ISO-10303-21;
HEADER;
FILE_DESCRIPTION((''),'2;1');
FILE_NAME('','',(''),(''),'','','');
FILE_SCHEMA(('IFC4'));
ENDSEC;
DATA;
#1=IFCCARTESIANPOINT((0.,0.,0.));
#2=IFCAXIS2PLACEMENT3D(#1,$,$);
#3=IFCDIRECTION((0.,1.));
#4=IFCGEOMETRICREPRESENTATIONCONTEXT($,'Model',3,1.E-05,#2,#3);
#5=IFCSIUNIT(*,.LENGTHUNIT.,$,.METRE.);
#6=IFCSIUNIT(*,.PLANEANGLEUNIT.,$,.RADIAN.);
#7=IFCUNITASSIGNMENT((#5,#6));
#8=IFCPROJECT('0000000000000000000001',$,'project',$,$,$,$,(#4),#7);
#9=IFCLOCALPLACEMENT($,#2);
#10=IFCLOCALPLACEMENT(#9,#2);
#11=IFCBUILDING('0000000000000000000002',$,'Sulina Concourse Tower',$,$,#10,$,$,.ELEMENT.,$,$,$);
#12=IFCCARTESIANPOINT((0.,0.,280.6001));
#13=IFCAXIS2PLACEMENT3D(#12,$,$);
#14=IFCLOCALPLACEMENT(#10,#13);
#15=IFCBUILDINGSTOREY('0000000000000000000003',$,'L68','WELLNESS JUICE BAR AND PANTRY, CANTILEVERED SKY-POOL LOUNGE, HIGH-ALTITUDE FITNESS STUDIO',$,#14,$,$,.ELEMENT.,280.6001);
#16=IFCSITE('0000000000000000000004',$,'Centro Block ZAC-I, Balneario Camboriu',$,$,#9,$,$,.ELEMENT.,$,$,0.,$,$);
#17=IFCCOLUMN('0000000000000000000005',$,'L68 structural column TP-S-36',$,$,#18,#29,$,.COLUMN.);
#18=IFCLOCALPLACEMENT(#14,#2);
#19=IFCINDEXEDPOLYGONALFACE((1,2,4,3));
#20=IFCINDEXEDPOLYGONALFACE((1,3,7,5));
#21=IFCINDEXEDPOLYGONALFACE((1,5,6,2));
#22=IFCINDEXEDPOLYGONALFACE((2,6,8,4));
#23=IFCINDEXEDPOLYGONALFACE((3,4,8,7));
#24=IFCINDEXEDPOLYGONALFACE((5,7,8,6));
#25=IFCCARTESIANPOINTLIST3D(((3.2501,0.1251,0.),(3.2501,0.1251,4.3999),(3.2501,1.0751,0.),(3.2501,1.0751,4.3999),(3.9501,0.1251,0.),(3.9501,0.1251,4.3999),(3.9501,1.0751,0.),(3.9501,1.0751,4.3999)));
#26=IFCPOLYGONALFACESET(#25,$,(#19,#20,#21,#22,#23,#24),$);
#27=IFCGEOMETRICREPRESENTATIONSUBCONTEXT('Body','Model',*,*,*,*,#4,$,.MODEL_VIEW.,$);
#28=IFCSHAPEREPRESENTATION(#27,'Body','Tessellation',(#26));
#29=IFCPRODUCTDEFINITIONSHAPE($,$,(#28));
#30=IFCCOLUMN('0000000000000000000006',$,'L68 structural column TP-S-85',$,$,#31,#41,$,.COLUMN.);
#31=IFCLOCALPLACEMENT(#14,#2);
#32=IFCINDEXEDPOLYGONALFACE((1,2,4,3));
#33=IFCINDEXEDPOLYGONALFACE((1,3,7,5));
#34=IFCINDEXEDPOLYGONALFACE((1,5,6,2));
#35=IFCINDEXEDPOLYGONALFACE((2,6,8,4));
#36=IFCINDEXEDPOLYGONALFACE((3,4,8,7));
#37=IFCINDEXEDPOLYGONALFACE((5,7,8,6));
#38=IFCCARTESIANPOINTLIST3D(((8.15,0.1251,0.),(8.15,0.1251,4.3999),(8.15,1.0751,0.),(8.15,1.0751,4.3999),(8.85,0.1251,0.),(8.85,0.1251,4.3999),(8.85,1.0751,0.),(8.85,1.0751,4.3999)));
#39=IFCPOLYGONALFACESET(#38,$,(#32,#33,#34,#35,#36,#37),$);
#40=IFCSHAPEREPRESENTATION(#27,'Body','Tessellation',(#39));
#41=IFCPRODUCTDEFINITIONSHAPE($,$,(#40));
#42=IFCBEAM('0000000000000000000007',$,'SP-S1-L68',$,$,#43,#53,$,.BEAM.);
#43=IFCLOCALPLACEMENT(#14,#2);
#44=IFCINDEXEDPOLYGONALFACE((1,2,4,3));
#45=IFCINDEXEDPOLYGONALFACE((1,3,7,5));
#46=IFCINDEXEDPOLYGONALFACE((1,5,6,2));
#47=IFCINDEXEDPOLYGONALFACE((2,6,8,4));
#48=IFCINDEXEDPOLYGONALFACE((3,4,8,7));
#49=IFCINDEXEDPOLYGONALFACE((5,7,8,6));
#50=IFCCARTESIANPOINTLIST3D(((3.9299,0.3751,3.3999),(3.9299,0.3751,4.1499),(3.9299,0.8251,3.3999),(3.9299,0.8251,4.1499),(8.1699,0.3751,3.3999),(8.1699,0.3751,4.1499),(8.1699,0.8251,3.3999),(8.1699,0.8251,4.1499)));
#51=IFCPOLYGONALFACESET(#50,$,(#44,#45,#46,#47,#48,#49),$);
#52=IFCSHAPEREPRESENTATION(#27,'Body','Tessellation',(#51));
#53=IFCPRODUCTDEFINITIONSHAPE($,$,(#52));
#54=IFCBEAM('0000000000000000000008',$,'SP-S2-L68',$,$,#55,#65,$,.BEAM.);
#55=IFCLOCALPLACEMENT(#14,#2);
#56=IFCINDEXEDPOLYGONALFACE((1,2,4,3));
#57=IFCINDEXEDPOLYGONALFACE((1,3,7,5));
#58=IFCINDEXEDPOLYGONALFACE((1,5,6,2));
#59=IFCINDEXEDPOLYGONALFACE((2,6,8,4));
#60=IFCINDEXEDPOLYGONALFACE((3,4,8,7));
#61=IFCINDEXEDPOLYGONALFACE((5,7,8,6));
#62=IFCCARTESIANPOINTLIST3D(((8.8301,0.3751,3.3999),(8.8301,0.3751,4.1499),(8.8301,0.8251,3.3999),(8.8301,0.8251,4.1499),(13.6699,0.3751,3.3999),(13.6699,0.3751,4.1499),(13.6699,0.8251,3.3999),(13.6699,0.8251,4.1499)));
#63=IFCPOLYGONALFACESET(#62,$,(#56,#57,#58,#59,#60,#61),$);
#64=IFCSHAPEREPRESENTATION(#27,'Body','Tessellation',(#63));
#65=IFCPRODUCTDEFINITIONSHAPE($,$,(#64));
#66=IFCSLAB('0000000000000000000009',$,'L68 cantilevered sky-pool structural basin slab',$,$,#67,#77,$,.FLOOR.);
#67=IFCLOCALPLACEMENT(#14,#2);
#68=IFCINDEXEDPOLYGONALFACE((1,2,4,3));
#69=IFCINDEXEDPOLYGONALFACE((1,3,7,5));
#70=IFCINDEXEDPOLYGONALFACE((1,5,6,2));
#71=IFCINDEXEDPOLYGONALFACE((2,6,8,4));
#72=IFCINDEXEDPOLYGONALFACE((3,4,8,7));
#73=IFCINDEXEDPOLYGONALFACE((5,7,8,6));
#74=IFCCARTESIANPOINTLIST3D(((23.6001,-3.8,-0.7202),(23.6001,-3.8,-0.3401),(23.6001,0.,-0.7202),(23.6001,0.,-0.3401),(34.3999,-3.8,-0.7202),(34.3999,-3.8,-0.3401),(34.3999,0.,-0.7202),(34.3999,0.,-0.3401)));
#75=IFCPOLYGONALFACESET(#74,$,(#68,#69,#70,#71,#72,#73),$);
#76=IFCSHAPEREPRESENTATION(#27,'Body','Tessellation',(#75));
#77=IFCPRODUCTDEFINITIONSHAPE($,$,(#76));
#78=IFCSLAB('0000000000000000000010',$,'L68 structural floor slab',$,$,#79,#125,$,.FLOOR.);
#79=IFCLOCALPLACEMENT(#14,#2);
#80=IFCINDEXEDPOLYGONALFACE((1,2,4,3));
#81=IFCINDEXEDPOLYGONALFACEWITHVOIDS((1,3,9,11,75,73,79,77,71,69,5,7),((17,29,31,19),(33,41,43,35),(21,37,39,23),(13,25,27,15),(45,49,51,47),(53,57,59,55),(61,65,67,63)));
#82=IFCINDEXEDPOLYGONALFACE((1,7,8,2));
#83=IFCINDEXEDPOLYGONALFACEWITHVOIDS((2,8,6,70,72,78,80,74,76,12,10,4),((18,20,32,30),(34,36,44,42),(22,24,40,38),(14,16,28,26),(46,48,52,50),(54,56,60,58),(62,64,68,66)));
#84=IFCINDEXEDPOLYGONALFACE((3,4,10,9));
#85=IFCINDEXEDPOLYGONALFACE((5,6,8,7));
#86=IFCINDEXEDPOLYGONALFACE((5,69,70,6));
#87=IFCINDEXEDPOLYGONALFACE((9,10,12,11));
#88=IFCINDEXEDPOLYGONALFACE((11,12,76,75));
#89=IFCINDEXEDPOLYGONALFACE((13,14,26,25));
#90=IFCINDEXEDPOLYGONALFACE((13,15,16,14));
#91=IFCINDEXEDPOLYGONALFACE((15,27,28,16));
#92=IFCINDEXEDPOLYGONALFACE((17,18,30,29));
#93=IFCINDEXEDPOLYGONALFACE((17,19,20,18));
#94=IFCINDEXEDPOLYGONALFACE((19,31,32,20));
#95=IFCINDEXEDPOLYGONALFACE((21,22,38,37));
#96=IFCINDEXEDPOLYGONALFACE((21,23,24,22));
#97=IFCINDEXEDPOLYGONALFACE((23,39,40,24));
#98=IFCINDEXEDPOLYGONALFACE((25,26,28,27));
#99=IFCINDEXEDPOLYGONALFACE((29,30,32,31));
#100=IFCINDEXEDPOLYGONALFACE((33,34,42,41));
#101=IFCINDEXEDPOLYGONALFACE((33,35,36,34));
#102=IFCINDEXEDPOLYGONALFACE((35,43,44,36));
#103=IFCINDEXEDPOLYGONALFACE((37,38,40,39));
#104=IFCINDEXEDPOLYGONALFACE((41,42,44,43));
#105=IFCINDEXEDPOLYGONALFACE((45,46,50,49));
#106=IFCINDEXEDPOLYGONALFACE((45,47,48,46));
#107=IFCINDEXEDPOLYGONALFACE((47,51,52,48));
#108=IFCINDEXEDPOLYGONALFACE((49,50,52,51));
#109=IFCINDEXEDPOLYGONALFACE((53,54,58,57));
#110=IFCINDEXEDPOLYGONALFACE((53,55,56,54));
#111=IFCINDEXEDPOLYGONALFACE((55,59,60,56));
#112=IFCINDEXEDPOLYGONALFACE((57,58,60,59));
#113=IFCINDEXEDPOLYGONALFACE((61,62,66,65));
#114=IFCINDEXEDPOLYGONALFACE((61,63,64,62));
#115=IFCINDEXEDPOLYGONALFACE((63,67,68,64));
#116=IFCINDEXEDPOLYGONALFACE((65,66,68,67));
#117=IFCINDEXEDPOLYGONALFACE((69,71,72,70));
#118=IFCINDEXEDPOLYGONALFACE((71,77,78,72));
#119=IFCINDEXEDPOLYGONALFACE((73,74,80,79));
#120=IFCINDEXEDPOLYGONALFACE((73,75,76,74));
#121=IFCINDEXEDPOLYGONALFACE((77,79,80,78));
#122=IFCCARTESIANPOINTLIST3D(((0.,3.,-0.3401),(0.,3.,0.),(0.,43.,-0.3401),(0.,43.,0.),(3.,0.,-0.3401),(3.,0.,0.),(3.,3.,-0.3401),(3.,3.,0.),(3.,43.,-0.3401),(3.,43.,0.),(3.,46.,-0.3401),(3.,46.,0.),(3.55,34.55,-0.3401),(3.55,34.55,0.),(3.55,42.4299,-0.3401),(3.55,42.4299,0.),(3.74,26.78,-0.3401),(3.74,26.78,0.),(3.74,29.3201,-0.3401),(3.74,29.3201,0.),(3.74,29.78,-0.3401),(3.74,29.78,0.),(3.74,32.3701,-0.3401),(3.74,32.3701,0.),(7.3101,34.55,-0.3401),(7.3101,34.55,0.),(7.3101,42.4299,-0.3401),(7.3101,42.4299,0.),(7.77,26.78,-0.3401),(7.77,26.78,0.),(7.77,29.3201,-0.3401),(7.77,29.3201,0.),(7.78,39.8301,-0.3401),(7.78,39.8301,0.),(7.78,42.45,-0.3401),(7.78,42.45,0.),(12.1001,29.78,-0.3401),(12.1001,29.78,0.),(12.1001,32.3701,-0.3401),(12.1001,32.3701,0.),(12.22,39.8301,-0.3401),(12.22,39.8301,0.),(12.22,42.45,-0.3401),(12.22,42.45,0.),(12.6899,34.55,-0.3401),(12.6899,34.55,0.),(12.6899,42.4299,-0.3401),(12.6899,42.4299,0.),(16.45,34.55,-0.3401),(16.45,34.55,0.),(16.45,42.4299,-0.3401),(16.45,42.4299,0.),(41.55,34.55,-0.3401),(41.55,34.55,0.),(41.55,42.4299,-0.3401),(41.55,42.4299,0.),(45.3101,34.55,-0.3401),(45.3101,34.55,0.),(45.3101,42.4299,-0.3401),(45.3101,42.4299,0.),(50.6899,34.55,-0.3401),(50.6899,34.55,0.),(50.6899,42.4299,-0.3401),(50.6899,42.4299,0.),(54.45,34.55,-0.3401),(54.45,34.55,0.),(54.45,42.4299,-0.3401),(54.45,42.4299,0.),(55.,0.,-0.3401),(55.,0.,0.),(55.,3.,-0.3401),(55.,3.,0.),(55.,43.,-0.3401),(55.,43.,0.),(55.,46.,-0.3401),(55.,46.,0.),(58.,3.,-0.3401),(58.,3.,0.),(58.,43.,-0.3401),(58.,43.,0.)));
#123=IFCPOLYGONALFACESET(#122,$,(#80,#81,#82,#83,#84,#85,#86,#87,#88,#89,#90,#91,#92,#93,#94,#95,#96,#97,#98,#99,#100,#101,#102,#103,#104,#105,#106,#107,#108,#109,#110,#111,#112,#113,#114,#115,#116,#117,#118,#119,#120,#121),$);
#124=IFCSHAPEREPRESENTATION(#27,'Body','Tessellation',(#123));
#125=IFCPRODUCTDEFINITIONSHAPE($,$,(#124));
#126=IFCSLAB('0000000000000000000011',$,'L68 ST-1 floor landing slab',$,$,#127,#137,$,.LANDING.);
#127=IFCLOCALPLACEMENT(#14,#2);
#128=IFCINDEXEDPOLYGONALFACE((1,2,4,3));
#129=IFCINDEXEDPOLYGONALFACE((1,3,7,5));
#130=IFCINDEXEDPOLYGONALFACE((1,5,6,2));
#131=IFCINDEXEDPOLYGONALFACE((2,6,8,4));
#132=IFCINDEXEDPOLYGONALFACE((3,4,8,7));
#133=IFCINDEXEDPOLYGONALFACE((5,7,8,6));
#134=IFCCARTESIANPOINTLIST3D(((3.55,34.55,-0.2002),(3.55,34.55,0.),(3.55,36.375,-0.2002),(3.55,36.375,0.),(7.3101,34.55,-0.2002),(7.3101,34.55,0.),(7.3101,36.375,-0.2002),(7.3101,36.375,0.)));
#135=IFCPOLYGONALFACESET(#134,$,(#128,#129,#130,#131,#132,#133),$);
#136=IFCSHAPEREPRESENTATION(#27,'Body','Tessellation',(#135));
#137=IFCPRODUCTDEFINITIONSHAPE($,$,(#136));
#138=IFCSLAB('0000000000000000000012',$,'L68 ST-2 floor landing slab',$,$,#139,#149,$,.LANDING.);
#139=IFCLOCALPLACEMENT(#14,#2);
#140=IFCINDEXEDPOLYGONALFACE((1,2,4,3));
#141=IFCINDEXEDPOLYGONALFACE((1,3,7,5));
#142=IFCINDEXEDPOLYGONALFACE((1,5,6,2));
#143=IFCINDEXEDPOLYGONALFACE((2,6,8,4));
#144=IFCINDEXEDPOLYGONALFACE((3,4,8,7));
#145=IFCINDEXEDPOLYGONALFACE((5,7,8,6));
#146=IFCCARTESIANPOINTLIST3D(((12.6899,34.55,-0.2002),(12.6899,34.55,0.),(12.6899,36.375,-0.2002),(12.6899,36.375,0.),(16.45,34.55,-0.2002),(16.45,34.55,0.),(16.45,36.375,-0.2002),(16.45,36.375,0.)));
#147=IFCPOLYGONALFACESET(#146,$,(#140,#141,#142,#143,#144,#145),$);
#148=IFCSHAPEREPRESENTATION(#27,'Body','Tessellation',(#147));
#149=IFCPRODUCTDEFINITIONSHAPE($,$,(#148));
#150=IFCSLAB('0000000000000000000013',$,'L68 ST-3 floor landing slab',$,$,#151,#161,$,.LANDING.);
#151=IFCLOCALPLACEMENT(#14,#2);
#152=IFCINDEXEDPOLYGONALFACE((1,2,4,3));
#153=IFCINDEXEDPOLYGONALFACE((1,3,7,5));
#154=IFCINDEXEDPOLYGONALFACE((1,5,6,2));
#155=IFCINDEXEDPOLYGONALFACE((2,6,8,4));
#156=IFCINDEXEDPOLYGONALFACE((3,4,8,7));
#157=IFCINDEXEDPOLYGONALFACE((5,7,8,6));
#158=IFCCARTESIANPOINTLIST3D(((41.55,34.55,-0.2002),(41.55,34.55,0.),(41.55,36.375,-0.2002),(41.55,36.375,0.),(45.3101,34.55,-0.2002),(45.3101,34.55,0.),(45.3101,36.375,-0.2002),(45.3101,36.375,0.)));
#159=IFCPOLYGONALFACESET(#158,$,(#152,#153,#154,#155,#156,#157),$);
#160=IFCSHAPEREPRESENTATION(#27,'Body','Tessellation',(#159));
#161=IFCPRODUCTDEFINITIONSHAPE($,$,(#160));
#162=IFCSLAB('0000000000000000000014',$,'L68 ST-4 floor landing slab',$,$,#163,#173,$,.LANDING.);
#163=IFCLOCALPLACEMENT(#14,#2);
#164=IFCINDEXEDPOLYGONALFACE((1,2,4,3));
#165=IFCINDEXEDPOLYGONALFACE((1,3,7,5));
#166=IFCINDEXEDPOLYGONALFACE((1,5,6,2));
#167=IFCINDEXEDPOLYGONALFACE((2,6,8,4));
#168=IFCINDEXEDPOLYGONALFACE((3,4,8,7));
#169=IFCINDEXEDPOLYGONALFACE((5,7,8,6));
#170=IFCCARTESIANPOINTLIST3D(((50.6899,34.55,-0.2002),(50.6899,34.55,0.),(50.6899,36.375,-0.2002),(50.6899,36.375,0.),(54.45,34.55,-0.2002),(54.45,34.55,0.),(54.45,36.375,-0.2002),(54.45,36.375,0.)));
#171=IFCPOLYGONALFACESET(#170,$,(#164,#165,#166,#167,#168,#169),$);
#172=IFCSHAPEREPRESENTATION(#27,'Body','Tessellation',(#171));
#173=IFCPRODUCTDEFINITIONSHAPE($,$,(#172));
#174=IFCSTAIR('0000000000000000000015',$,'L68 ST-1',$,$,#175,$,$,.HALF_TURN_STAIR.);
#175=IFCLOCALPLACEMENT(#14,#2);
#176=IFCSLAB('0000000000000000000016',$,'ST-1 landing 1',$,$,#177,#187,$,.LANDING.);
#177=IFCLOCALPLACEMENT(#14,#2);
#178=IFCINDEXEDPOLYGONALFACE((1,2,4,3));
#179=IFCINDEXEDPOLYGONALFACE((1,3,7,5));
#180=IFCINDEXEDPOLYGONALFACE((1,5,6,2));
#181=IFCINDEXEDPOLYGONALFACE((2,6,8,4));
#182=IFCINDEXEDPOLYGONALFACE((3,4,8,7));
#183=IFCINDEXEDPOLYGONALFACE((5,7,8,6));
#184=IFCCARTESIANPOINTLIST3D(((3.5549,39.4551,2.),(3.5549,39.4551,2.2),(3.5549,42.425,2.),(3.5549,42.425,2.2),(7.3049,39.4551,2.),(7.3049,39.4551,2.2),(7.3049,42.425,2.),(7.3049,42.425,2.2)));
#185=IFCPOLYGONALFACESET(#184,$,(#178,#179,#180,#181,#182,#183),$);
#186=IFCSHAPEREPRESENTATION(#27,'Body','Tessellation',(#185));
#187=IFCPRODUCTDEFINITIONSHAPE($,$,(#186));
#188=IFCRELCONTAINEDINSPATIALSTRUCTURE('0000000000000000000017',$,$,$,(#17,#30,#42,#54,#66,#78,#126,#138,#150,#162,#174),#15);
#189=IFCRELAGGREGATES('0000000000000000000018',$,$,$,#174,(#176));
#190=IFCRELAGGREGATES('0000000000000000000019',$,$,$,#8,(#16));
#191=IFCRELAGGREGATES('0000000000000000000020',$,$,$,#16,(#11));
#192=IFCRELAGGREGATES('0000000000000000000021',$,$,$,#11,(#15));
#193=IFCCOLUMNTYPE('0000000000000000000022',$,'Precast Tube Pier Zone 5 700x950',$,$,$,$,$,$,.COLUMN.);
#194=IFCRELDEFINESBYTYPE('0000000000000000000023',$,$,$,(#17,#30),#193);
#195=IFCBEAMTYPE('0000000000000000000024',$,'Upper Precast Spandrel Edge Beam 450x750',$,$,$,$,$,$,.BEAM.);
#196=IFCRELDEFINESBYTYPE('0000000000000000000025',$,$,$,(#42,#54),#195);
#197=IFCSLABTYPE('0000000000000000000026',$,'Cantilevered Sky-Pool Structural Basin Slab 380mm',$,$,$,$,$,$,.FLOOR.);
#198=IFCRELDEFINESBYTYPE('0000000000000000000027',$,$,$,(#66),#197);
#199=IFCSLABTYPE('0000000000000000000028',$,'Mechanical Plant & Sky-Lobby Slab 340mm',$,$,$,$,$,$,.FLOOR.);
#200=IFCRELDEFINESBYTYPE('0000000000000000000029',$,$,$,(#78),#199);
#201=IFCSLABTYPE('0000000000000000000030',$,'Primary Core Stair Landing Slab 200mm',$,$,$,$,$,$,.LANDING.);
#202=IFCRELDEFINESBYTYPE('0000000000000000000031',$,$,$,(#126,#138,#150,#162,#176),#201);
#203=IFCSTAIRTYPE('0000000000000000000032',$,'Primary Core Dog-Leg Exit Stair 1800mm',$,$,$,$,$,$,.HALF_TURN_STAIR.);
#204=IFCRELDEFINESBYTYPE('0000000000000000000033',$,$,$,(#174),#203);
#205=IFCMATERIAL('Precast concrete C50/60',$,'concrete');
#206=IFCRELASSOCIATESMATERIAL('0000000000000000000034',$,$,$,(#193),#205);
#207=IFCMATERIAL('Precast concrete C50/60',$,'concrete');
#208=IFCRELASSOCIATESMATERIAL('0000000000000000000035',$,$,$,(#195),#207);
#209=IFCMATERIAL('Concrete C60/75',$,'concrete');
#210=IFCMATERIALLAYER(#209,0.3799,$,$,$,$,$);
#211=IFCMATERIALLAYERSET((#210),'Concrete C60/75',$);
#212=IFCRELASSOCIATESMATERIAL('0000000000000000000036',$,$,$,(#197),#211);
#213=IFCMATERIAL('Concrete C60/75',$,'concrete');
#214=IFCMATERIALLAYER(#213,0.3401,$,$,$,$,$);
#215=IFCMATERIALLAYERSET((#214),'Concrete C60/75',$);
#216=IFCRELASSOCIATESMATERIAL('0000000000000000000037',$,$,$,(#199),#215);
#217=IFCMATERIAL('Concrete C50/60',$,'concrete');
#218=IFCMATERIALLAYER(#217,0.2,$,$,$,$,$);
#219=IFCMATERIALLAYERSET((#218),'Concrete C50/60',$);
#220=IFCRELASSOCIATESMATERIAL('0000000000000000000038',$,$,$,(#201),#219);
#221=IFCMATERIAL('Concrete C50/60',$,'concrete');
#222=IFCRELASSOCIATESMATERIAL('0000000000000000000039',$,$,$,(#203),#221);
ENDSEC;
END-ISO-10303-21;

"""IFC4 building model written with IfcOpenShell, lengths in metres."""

from ifc_helpers import new_model, si_unit, direction, frame, origin, origin_2d, place, context, subcontext, project, spatial, polyline, rectangle, outline, extrude, material, layer, layer_set, material_profile, profile_set, type_object, element, aggregate, save


model = new_model("IFC4")

# Units and contexts
model_context = context("Model", 3, precision=1e-05, world=origin(), true_north=direction((0.0, 1.0)))
body_context = subcontext(model_context, "Body", "Model", "MODEL_VIEW")
ifc_project = project(units=[si_unit("LENGTHUNIT", "METRE"), si_unit("PLANEANGLEUNIT", "RADIAN")], contexts=[model_context])

# Site, building, storey
site_placement = place(None, origin())
site = spatial("IfcSite", under=ifc_project, at=site_placement, Name="Centro Block ZAC-I, Balneario Camboriu", CompositionType="ELEMENT", RefElevation=0.0)
building_placement = place(site_placement, origin())
building = spatial("IfcBuilding", under=site, at=building_placement, Name="Sulina Concourse Tower", CompositionType="ELEMENT")
storey_placement = place(building_placement, frame((0.0, 0.0, 280.6001)))
storey = spatial("IfcBuildingStorey", under=building, at=storey_placement, Name="L68", Description="WELLNESS JUICE BAR AND PANTRY, CANTILEVERED SKY-POOL LOUNGE, HIGH-ALTITUDE FITNESS STUDIO", CompositionType="ELEMENT", Elevation=280.6001)

# Columns
ifc_material_1 = material(Name="Precast concrete C50/60", Category="concrete")
ifc_material_profile_1 = material_profile(ifc_material_1, rectangle(XDim=0.7, YDim=0.95, at=origin_2d()), Name="PC 700x950")
ifc_profile_set_1 = profile_set([ifc_material_profile_1], Name="Precast concrete C50/60")
column_type = type_object("IfcColumnType", Name="Precast Tube Pier Zone 5 700x950", PredefinedType="COLUMN", material=ifc_profile_set_1)
for number, where, z_axis, x_axis, name in (
    (1, (3.6001, 0.6001, 0.0), (0.0, 0.0, 1.0), (1.0, 0.0, 0.0), "L68 structural column TP-S-36"),
    (2, (8.5, 0.6001, 0.0), (0.0, 0.0, 1.0), (1.0, 0.0, 0.0), "L68 structural column TP-S-85"),
):
    element("IfcColumn", number, at=place(storey_placement, frame(where, z_axis=z_axis, x_axis=x_axis)), inside=storey, type_object=column_type, Name=name, PredefinedType="COLUMN", context=body_context, shape_type="SweptSolid", body=[
        extrude(rectangle(XDim=0.7, YDim=0.95, at=origin_2d()), origin(), (0.0, 0.0, 1.0), 4.3999),
    ])

# Beams
ifc_material_2 = material(Name="Precast concrete C50/60", Category="concrete")
ifc_material_profile_2 = material_profile(ifc_material_2, rectangle(XDim=0.45, YDim=0.75, at=origin_2d()), Name="RC 450x750")
ifc_profile_set_2 = profile_set([ifc_material_profile_2], Name="Precast concrete C50/60")
beam_type = type_object("IfcBeamType", Name="Upper Precast Spandrel Edge Beam 450x750", PredefinedType="BEAM", material=ifc_profile_set_2)
beam_1_placement = place(storey_placement, frame((3.9299, 0.6001, 3.7749), z_axis=(1.0, 0.0, 0.0), x_axis=(0.0, 1.0, 0.0)))
element("IfcBeam", 3, at=beam_1_placement, inside=storey, type_object=beam_type, Name="SP-S1-L68", PredefinedType="BEAM", context=body_context, shape_type="SweptSolid", body=[
    extrude(rectangle(XDim=0.45, YDim=0.75, at=origin_2d()), origin(), (0.0, 0.0, 1.0), 4.24),
])
beam_2_placement = place(storey_placement, frame((8.8301, 0.6001, 3.7749), z_axis=(1.0, 0.0, 0.0), x_axis=(0.0, 1.0, 0.0)))
element("IfcBeam", 4, at=beam_2_placement, inside=storey, type_object=beam_type, Name="SP-S2-L68", PredefinedType="BEAM", context=body_context, shape_type="SweptSolid", body=[
    extrude(rectangle(XDim=0.45, YDim=0.75, at=origin_2d()), origin(), (0.0, 0.0, 1.0), 4.8398),
])

# Slabs
ifc_material_3 = material(Name="Concrete C60/75", Category="concrete")
ifc_layer_1 = layer(ifc_material_3, 0.3799)
ifc_layer_set_1 = layer_set([ifc_layer_1], Name="Concrete C60/75")
slab_type_1 = type_object("IfcSlabType", Name="Cantilevered Sky-Pool Structural Basin Slab 380mm", PredefinedType="FLOOR", material=ifc_layer_set_1)
slab_1_placement = place(storey_placement, frame((0.0, 0.0, -0.7202)))
element("IfcSlab", 5, at=slab_1_placement, inside=storey, type_object=slab_type_1, Name="L68 cantilevered sky-pool structural basin slab", PredefinedType="FLOOR", context=body_context, shape_type="SweptSolid", body=[
    extrude(outline(polyline([(23.6001, -3.8), (34.3999, -3.8), (34.3999, 0.0), (23.6001, 0.0), (23.6001, -3.8)])), origin(), (0.0, 0.0, 1.0), 0.3801),
])
ifc_material_4 = material(Name="Concrete C60/75", Category="concrete")
ifc_layer_2 = layer(ifc_material_4, 0.3401)
ifc_layer_set_2 = layer_set([ifc_layer_2], Name="Concrete C60/75")
slab_type_2 = type_object("IfcSlabType", Name="Mechanical Plant & Sky-Lobby Slab 340mm", PredefinedType="FLOOR", material=ifc_layer_set_2)
slab_2_placement = place(storey_placement, frame((0.0, 0.0, -0.3401)))
element("IfcSlab", 6, at=slab_2_placement, inside=storey, type_object=slab_type_2, Name="L68 structural floor slab", PredefinedType="FLOOR", context=body_context, shape_type="SweptSolid", body=[
    extrude(outline(polyline([(3.0, 0.0), (55.0, 0.0), (55.0, 3.0), (58.0, 3.0), (58.0, 43.0), (55.0, 43.0), (55.0, 46.0), (3.0, 46.0), (3.0, 43.0), (0.0, 43.0), (0.0, 3.0), (3.0, 3.0), (3.0, 0.0)]), holes=[polyline([(7.3101, 34.55), (7.3101, 42.4299), (3.55, 42.4299), (3.55, 34.55), (7.3101, 34.55)]), polyline([(16.45, 34.55), (16.45, 42.4299), (12.6899, 42.4299), (12.6899, 34.55), (16.45, 34.55)]), polyline([(45.3101, 34.55), (45.3101, 42.4299), (41.55, 42.4299), (41.55, 34.55), (45.3101, 34.55)]), polyline([(54.45, 34.55), (54.45, 42.4299), (50.6899, 42.4299), (50.6899, 34.55), (54.45, 34.55)]), polyline([(7.78, 39.8301), (12.22, 39.8301), (12.22, 42.45), (7.78, 42.45), (7.78, 39.8301)]), polyline([(3.74, 26.78), (7.77, 26.78), (7.77, 29.3201), (3.74, 29.3201), (3.74, 26.78)]), polyline([(3.74, 29.78), (12.1001, 29.78), (12.1001, 32.3701), (3.74, 32.3701), (3.74, 29.78)])]), origin(), (0.0, 0.0, 1.0), 0.3401),
])
ifc_material_5 = material(Name="Concrete C50/60", Category="concrete")
ifc_layer_3 = layer(ifc_material_5, 0.2)
ifc_layer_set_3 = layer_set([ifc_layer_3], Name="Concrete C50/60")
slab_type_3 = type_object("IfcSlabType", Name="Primary Core Stair Landing Slab 200mm", PredefinedType="LANDING", material=ifc_layer_set_3)
slab_3_placement = place(storey_placement, frame((0.0, 0.0, -0.2002)))
element("IfcSlab", 7, at=slab_3_placement, inside=storey, type_object=slab_type_3, Name="L68 ST-1 floor landing slab", PredefinedType="LANDING", context=body_context, shape_type="SweptSolid", body=[
    extrude(outline(polyline([(7.3101, 34.55), (7.3101, 36.375), (3.55, 36.375), (3.55, 34.55), (7.3101, 34.55)])), origin(), (0.0, 0.0, 1.0), 0.2002),
])
slab_4_placement = place(storey_placement, frame((0.0, 0.0, -0.2002)))
element("IfcSlab", 8, at=slab_4_placement, inside=storey, type_object=slab_type_3, Name="L68 ST-2 floor landing slab", PredefinedType="LANDING", context=body_context, shape_type="SweptSolid", body=[
    extrude(outline(polyline([(16.45, 34.55), (16.45, 36.375), (12.6899, 36.375), (12.6899, 34.55), (16.45, 34.55)])), origin(), (0.0, 0.0, 1.0), 0.2002),
])
slab_5_placement = place(storey_placement, frame((0.0, 0.0, -0.2002)))
element("IfcSlab", 9, at=slab_5_placement, inside=storey, type_object=slab_type_3, Name="L68 ST-3 floor landing slab", PredefinedType="LANDING", context=body_context, shape_type="SweptSolid", body=[
    extrude(outline(polyline([(45.3101, 34.55), (45.3101, 36.375), (41.55, 36.375), (41.55, 34.55), (45.3101, 34.55)])), origin(), (0.0, 0.0, 1.0), 0.2002),
])
slab_6_placement = place(storey_placement, frame((0.0, 0.0, -0.2002)))
element("IfcSlab", 10, at=slab_6_placement, inside=storey, type_object=slab_type_3, Name="L68 ST-4 floor landing slab", PredefinedType="LANDING", context=body_context, shape_type="SweptSolid", body=[
    extrude(outline(polyline([(54.45, 34.55), (54.45, 36.375), (50.6899, 36.375), (50.6899, 34.55), (54.45, 34.55)])), origin(), (0.0, 0.0, 1.0), 0.2002),
])

# Stair, slab
ifc_material_6 = material(Name="Concrete C50/60", Category="concrete")
stair_type_1 = type_object("IfcStairType", Name="Primary Core Dog-Leg Exit Stair 1800mm", PredefinedType="HALF_TURN_STAIR", material=ifc_material_6)
stair_1_placement = place(storey_placement, origin())
stair_1 = element("IfcStair", 11, at=stair_1_placement, inside=storey, type_object=stair_type_1, Name="L68 ST-1", PredefinedType="HALF_TURN_STAIR")
slab_7_placement = place(storey_placement, frame((0.0, 0.0, 2.0)))
slab_7 = element("IfcSlab", 12, at=slab_7_placement, type_object=slab_type_3, Name="ST-1 landing 1", PredefinedType="LANDING", context=body_context, shape_type="SweptSolid", body=[
    extrude(outline(polyline([(7.3049, 39.4551), (7.3049, 42.425), (3.5549, 42.425), (3.5549, 39.4551), (7.3049, 39.4551)])), origin(), (0.0, 0.0, 1.0), 0.2),
])
aggregate(stair_1, [slab_7])

save(model, "model.ifc")
